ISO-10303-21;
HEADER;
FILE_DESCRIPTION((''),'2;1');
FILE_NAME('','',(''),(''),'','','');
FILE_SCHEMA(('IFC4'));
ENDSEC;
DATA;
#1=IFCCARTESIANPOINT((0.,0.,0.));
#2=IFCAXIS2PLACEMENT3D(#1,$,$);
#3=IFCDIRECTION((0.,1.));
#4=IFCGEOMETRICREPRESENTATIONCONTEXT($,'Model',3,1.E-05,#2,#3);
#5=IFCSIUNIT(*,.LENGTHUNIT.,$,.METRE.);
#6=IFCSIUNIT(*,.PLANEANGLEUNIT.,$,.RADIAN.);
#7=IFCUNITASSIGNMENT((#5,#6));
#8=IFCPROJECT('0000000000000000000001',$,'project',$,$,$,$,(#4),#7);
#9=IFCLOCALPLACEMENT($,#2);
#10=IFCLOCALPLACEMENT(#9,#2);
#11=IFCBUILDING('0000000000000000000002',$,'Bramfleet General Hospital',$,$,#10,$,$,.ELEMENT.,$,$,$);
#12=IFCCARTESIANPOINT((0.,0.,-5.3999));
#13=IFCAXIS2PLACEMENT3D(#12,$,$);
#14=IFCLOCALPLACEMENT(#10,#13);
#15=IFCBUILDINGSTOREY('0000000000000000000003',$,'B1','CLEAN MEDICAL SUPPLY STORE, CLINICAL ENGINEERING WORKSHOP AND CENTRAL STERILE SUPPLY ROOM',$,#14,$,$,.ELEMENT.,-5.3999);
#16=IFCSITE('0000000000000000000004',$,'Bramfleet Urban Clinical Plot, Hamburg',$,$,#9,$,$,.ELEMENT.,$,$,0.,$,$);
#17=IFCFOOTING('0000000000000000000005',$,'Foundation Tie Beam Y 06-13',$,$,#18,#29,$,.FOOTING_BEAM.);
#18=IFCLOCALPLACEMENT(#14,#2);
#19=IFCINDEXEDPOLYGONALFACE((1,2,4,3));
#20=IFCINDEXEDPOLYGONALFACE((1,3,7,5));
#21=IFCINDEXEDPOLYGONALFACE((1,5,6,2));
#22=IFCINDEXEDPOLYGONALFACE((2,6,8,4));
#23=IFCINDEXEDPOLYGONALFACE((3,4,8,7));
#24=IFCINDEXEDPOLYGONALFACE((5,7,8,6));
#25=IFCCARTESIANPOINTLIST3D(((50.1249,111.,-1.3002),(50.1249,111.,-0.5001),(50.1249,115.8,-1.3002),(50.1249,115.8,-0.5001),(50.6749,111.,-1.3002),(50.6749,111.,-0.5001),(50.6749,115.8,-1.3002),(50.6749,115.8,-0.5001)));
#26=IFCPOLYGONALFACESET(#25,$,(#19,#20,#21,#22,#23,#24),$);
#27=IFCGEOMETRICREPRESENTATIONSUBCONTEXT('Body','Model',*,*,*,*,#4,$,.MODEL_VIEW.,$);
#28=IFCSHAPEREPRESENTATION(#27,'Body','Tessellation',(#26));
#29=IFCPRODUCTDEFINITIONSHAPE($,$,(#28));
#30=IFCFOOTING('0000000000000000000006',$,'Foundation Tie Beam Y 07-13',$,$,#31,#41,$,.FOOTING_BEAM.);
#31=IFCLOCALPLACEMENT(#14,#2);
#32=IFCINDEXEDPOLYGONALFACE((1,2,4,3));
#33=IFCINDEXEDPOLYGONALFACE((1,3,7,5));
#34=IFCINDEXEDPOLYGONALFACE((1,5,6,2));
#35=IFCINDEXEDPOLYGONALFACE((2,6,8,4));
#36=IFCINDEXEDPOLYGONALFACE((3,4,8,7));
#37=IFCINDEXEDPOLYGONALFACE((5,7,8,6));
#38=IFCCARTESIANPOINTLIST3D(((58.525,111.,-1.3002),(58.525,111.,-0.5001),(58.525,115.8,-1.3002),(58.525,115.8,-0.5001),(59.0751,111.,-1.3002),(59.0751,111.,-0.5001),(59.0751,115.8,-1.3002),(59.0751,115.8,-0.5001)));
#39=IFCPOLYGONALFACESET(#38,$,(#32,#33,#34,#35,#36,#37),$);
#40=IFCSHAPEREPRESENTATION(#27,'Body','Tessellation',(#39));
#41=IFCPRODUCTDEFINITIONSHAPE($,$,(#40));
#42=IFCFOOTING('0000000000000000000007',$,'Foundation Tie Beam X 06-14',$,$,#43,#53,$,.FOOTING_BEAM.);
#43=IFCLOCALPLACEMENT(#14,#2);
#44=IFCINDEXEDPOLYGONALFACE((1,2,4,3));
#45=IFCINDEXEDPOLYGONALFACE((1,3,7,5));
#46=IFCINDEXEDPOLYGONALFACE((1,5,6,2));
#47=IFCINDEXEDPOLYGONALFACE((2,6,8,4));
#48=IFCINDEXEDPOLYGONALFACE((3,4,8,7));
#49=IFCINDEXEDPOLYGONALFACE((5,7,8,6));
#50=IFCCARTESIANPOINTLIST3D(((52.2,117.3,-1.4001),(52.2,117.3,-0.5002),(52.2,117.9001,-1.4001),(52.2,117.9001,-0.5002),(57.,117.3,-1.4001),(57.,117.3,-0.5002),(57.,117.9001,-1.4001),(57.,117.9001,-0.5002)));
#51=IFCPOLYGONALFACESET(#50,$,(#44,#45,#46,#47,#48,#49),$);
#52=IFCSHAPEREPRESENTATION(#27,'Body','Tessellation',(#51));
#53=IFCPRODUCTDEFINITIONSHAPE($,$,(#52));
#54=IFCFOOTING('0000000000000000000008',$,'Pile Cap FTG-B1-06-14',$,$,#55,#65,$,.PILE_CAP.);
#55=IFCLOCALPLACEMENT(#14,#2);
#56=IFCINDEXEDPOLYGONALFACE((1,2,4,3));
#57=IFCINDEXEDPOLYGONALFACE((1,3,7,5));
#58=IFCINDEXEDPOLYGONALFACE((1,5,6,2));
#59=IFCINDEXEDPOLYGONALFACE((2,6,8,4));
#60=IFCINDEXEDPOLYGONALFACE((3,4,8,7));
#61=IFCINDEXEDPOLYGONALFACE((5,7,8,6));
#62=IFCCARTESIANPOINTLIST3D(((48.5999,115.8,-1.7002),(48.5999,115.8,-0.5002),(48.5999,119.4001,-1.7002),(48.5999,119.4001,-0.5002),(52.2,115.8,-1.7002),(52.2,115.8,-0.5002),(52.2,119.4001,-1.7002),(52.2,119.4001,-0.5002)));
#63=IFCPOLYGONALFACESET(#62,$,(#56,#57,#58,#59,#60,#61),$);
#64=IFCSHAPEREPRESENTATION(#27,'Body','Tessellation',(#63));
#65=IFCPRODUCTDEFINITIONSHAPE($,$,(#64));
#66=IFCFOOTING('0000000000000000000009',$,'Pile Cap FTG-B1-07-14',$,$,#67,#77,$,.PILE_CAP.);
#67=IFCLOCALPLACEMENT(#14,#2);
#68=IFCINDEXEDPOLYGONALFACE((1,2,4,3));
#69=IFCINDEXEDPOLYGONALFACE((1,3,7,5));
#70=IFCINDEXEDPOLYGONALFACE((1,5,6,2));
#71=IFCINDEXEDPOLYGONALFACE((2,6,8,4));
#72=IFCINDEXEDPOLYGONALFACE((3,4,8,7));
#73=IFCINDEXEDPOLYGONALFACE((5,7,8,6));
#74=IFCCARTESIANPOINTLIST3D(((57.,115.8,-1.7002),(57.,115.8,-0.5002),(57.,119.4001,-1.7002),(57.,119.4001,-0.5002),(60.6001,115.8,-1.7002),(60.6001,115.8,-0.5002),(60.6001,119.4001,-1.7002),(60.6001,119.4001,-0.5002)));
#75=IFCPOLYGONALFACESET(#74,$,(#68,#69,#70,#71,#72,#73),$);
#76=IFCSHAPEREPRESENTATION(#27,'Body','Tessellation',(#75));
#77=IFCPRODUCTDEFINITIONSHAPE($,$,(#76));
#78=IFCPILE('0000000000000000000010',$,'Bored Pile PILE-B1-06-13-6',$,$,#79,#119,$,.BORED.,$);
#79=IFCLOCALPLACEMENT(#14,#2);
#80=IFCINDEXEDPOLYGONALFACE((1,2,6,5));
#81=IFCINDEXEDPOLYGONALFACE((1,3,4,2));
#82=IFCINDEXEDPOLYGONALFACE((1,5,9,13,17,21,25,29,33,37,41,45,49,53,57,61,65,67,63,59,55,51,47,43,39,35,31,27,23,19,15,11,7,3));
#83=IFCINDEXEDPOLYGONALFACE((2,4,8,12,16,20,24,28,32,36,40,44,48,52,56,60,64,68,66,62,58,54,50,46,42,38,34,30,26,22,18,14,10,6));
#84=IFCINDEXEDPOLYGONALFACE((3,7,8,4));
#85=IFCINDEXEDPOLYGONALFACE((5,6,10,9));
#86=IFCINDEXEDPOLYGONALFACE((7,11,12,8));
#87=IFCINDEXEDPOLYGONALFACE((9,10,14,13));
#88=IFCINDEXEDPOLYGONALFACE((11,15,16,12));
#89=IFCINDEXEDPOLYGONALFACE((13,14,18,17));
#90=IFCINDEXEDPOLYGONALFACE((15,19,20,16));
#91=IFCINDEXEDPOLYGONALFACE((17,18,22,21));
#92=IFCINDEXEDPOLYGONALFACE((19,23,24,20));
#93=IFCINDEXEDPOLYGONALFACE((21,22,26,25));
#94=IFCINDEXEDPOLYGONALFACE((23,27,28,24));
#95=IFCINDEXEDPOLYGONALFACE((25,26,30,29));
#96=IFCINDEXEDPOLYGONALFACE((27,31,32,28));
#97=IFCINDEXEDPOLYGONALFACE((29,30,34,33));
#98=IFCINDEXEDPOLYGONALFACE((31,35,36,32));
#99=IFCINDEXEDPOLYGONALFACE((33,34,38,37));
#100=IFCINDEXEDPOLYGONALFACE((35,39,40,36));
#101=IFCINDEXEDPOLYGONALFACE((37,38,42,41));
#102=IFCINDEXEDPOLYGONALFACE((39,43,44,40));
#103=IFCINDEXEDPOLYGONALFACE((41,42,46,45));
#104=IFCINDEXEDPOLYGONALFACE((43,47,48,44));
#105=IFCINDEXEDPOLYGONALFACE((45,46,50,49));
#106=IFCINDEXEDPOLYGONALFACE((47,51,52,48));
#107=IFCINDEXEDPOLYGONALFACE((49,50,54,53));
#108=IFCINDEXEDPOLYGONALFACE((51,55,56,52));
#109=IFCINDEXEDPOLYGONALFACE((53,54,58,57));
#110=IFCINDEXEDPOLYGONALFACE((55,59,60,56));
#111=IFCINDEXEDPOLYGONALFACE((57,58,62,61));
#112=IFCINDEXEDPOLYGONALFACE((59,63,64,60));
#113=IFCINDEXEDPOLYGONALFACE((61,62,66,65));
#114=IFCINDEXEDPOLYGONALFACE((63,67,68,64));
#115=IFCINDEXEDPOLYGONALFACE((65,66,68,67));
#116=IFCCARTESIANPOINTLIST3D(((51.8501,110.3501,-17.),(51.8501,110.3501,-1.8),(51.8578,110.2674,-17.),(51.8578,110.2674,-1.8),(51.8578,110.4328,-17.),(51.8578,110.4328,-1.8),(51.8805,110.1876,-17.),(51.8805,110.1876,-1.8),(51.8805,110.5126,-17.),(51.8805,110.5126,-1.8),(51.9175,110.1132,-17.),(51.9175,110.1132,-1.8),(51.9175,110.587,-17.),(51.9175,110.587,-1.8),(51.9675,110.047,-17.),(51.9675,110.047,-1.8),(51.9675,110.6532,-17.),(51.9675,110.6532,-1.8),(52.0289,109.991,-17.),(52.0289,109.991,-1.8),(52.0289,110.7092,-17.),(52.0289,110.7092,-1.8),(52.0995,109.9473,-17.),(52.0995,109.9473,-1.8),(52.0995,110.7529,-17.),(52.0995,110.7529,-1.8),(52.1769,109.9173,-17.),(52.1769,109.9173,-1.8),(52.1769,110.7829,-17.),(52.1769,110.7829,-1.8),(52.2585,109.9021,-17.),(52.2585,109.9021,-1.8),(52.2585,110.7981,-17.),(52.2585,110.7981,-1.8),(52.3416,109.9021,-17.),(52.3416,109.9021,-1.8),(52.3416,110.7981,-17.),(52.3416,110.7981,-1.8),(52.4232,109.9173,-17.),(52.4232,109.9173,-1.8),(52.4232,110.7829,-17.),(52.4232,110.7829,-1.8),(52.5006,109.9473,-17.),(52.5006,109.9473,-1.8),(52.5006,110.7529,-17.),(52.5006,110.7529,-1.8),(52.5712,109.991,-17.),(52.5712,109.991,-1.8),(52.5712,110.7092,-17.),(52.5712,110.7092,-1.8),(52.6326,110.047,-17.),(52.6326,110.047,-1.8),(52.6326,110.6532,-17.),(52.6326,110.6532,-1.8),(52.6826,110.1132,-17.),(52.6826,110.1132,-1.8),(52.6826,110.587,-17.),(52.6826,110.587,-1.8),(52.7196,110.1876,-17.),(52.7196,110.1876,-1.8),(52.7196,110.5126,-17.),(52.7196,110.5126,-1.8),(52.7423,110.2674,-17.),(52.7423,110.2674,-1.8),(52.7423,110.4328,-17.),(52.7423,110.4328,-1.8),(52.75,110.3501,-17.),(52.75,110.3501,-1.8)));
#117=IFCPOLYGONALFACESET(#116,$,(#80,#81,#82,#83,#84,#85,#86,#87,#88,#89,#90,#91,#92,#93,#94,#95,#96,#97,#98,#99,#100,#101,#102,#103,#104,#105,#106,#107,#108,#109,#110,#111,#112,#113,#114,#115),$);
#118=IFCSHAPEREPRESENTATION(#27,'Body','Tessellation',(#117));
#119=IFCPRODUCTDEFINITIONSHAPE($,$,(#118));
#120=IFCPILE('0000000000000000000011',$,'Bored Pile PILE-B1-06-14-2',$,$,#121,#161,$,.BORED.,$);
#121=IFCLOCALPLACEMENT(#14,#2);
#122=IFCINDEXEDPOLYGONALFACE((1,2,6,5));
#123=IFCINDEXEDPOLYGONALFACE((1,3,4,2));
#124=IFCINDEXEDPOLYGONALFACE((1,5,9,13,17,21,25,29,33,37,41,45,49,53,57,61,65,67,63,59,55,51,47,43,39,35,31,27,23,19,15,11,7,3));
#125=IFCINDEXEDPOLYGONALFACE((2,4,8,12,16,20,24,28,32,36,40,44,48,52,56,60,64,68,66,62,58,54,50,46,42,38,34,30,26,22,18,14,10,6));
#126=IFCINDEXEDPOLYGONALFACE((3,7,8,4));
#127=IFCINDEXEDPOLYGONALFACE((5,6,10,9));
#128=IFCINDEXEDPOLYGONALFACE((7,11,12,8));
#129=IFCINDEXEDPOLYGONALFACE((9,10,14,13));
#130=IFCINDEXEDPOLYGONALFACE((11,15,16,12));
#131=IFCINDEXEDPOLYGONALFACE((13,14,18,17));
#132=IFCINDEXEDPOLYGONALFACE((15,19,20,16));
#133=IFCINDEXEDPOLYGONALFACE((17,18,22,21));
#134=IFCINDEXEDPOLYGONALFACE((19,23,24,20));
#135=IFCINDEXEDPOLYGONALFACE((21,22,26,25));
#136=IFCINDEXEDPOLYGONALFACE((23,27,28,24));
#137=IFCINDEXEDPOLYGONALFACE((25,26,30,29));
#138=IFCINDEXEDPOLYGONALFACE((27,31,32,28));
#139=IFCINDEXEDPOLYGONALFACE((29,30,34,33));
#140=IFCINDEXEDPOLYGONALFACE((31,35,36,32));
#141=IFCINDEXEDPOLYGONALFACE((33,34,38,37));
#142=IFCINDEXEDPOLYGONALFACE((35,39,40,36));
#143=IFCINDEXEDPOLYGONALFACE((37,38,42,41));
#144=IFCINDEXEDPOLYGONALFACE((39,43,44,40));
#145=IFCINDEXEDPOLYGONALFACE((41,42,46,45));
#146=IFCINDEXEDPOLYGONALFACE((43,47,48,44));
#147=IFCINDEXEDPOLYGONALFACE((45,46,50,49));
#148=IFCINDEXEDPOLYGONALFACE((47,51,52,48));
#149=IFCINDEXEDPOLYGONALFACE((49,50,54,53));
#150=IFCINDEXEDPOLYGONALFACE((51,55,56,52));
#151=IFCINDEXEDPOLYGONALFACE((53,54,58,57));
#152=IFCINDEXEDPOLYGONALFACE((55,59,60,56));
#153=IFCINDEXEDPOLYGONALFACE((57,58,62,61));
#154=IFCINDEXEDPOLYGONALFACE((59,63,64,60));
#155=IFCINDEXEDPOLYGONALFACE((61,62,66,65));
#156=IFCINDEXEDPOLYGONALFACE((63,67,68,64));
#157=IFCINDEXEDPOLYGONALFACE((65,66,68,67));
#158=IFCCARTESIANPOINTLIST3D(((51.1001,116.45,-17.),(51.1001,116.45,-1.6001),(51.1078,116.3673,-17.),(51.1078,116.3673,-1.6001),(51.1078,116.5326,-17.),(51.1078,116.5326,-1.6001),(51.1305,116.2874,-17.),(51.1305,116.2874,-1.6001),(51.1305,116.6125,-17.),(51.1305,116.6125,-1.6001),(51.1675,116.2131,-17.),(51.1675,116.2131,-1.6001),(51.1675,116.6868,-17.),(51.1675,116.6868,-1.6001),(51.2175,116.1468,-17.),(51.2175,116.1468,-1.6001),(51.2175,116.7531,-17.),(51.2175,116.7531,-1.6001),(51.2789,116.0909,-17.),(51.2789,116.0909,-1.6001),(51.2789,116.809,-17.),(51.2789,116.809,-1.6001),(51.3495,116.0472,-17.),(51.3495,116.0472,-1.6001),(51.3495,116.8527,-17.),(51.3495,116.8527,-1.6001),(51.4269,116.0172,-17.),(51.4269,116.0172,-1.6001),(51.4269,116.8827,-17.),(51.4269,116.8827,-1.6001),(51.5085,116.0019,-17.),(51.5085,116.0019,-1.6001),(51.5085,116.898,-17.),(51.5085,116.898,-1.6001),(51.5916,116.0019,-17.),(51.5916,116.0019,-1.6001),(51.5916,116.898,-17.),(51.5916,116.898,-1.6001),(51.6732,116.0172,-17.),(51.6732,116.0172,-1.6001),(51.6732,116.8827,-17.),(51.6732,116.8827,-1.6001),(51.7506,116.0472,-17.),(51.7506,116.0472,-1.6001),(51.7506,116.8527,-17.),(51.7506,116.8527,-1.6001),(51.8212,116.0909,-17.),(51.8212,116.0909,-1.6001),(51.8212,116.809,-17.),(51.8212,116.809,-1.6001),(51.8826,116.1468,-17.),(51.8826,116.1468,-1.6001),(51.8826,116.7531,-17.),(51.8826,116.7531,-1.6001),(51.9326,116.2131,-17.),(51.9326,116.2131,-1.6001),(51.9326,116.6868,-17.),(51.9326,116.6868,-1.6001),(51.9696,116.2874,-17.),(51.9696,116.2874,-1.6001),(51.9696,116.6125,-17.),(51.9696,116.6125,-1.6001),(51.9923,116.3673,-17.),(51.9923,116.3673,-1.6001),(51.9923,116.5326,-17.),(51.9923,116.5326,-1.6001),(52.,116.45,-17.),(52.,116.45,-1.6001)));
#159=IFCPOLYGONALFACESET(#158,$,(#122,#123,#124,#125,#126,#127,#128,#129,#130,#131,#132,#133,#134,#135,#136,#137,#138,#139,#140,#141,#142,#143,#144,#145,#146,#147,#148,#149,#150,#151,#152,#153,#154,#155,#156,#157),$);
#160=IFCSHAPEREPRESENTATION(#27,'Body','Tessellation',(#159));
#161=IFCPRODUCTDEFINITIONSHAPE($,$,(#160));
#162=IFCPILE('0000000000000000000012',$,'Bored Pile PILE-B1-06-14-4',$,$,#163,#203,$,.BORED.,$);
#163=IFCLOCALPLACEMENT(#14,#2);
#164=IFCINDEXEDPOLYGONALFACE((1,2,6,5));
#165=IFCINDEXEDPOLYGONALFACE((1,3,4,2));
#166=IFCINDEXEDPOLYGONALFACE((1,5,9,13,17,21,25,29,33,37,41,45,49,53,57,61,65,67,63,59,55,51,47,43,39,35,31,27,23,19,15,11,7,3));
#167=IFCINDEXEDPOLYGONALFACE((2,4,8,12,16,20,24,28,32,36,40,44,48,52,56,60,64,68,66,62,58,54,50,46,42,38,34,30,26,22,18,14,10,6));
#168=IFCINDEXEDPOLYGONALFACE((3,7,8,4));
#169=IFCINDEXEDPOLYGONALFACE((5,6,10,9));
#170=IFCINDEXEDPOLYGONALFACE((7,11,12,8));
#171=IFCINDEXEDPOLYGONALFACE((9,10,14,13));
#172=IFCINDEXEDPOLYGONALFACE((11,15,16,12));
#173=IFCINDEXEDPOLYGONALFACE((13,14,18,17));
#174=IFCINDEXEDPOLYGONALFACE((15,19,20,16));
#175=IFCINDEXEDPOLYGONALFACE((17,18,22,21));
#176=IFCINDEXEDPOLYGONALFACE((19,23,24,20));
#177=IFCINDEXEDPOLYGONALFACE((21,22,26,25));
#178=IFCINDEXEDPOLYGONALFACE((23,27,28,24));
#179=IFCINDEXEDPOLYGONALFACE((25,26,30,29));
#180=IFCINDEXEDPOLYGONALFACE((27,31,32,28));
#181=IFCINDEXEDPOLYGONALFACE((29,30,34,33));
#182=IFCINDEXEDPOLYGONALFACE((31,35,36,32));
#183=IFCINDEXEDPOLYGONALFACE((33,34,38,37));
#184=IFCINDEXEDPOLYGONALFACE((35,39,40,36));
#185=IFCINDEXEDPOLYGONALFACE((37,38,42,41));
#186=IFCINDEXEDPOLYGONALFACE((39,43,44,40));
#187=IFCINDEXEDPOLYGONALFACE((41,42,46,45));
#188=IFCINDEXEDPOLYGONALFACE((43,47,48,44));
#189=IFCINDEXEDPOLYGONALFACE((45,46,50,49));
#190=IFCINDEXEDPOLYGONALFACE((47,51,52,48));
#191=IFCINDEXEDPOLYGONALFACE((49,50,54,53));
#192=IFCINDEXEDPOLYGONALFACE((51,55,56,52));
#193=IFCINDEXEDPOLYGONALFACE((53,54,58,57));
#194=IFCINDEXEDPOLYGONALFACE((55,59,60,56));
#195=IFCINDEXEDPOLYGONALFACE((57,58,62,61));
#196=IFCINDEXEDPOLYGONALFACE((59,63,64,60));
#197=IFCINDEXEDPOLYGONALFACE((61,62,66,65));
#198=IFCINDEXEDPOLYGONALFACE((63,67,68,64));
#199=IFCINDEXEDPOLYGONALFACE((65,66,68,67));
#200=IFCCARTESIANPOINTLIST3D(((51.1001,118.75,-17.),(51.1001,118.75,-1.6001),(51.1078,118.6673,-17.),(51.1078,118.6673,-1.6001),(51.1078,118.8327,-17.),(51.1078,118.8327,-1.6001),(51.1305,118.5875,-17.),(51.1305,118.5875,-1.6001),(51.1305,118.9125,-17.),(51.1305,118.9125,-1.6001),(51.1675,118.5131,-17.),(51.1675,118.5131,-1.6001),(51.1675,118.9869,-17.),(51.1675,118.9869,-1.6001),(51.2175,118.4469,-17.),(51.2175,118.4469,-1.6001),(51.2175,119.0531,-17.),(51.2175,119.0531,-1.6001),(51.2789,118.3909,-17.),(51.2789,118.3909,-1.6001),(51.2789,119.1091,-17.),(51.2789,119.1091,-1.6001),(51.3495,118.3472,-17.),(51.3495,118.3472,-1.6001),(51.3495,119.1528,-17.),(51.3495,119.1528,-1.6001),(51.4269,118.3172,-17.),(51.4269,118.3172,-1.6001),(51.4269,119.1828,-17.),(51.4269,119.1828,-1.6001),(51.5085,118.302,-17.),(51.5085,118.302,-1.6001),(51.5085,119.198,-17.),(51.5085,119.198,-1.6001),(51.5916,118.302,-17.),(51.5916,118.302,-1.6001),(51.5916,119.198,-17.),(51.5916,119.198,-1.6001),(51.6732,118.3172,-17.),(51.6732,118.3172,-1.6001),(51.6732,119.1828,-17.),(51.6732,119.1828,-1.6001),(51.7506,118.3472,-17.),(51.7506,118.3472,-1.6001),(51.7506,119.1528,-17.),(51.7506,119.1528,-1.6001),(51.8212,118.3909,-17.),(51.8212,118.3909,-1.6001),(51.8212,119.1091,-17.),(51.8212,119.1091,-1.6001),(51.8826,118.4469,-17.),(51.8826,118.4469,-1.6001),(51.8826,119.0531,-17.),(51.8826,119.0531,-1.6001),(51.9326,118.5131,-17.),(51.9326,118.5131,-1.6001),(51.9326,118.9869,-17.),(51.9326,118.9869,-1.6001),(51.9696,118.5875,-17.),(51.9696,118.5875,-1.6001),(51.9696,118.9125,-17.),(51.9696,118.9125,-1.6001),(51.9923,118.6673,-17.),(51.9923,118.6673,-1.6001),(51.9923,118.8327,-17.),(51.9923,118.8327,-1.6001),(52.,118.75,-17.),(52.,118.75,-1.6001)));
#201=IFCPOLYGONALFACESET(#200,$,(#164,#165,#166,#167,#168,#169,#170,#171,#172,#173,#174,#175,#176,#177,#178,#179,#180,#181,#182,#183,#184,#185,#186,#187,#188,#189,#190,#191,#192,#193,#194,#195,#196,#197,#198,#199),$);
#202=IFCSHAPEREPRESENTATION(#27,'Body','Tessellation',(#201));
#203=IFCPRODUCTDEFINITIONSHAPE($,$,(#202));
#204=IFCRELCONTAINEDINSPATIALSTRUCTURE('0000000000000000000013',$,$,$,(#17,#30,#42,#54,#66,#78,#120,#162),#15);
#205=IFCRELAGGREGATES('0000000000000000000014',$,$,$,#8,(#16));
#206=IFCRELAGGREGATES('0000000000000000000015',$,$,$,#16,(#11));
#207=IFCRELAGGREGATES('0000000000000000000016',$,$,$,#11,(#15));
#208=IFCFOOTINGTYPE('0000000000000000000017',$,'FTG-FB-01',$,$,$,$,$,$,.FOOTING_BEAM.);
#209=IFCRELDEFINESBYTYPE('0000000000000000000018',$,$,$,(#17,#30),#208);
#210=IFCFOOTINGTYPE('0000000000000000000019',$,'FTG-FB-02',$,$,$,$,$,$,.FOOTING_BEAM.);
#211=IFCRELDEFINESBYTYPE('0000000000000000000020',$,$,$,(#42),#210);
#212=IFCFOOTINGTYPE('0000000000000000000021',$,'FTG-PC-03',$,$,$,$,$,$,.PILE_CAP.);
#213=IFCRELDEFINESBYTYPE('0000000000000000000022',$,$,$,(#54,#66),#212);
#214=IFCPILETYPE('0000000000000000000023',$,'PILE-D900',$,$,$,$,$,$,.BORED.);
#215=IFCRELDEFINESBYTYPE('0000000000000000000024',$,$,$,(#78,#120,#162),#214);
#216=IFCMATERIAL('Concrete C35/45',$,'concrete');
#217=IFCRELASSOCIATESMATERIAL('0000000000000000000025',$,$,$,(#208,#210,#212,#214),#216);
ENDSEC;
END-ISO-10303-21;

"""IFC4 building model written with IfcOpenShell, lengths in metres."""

from ifc_helpers import new_model, si_unit, direction, frame, origin, origin_2d, place, context, subcontext, project, spatial, rectangle, circle, extrude, material, material_profile, profile_set, type_object, element, save


model = new_model("IFC4")

# Units and contexts
model_context = context("Model", 3, precision=1e-05, world=origin(), true_north=direction((0.0, 1.0)))
body_context = subcontext(model_context, "Body", "Model", "MODEL_VIEW")
ifc_project = project(units=[si_unit("LENGTHUNIT", "METRE"), si_unit("PLANEANGLEUNIT", "RADIAN")], contexts=[model_context])

# Site, building, storey
site_placement = place(None, origin())
site = spatial("IfcSite", under=ifc_project, at=site_placement, Name="Bramfleet Urban Clinical Plot, Hamburg", CompositionType="ELEMENT", RefElevation=0.0)
building_placement = place(site_placement, origin())
building = spatial("IfcBuilding", under=site, at=building_placement, Name="Bramfleet General Hospital", CompositionType="ELEMENT")
storey_placement = place(building_placement, frame((0.0, 0.0, -5.3999)))
storey = spatial("IfcBuildingStorey", under=building, at=storey_placement, Name="B1", Description="CLEAN MEDICAL SUPPLY STORE, CLINICAL ENGINEERING WORKSHOP AND CENTRAL STERILE SUPPLY ROOM", CompositionType="ELEMENT", Elevation=-5.3999)

# Footings
ifc_material_1 = material(Name="Concrete C35/45", Category="concrete")
ifc_material_profile_1 = material_profile(ifc_material_1, rectangle(XDim=0.55, YDim=0.8, at=origin_2d()), Name="RC FB 800x550")
ifc_profile_set_1 = profile_set([ifc_material_profile_1], Name="Concrete C35/45")
footing_type_1 = type_object("IfcFootingType", Name="FTG-FB-01", PredefinedType="FOOTING_BEAM", material=ifc_profile_set_1)
for number, where, z_axis, x_axis, name in (
    (1, (50.3999, 111.0, -0.9001), (0.0, 1.0, 0.0), (-1.0, 0.0, 0.0), "Foundation Tie Beam Y 06-13"),
    (2, (58.8, 111.0, -0.9001), (0.0, 1.0, 0.0), (-1.0, 0.0, 0.0), "Foundation Tie Beam Y 07-13"),
):
    element("IfcFooting", number, at=place(storey_placement, frame(where, z_axis=z_axis, x_axis=x_axis)), inside=storey, type_object=footing_type_1, Name=name, PredefinedType="FOOTING_BEAM", context=body_context, shape_type="SweptSolid", body=[
        extrude(rectangle(XDim=0.55, YDim=0.8, at=origin_2d()), origin(), (0.0, 0.0, 1.0), 4.8),
    ])
ifc_material_profile_2 = material_profile(ifc_material_1, rectangle(XDim=0.6001, YDim=0.8999, at=origin_2d()), Name="RC FB 900x600")
ifc_profile_set_2 = profile_set([ifc_material_profile_2], Name="Concrete C35/45")
footing_type_2 = type_object("IfcFootingType", Name="FTG-FB-02", PredefinedType="FOOTING_BEAM", material=ifc_profile_set_2)
footing_placement = place(storey_placement, frame((52.2, 117.6001, -0.9502), z_axis=(1.0, 0.0, 0.0), x_axis=(0.0, 1.0, 0.0)))
element("IfcFooting", 3, at=footing_placement, inside=storey, type_object=footing_type_2, Name="Foundation Tie Beam X 06-14", PredefinedType="FOOTING_BEAM", context=body_context, shape_type="SweptSolid", body=[
    extrude(rectangle(XDim=0.6001, YDim=0.8999, at=origin_2d()), origin(), (0.0, 0.0, 1.0), 4.8),
])
footing_type_3 = type_object("IfcFootingType", Name="FTG-PC-03", PredefinedType="PILE_CAP", material=ifc_material_1)
for number, where, z_axis, x_axis, name in (
    (4, (50.3999, 117.6001, -1.7002), (0.0, 0.0, 1.0), (1.0, 0.0, 0.0), "Pile Cap FTG-B1-06-14"),
    (5, (58.8, 117.6001, -1.7002), (0.0, 0.0, 1.0), (1.0, 0.0, 0.0), "Pile Cap FTG-B1-07-14"),
):
    element("IfcFooting", number, at=place(storey_placement, frame(where, z_axis=z_axis, x_axis=x_axis)), inside=storey, type_object=footing_type_3, Name=name, PredefinedType="PILE_CAP", context=body_context, shape_type="SweptSolid", body=[
        extrude(rectangle(XDim=3.6001, YDim=3.6001, at=origin_2d()), origin(), (0.0, 0.0, 1.0), 1.2),
    ])

# Piles
ifc_material_profile_3 = material_profile(ifc_material_1, circle(Radius=0.45, at=origin_2d()), Name="PILE BORED D900")
ifc_profile_set_3 = profile_set([ifc_material_profile_3], Name="Concrete C35/45")
pile_type = type_object("IfcPileType", Name="PILE-D900", PredefinedType="BORED", material=ifc_profile_set_3)
pile_placement = place(storey_placement, frame((52.3, 110.3501, -1.8), z_axis=(0.0, 0.0, -1.0), x_axis=(1.0, 0.0, 0.0)))
element("IfcPile", 6, at=pile_placement, inside=storey, type_object=pile_type, Name="Bored Pile PILE-B1-06-13-6", PredefinedType="BORED", context=body_context, shape_type="SweptSolid", body=[
    extrude(circle(Radius=0.45, at=origin_2d()), origin(), (0.0, 0.0, 1.0), 15.2),
])
for number, where, z_axis, x_axis, name in (
    (7, (51.55, 116.45, -1.6001), (0.0, 0.0, -1.0), (1.0, 0.0, 0.0), "Bored Pile PILE-B1-06-14-2"),
    (8, (51.55, 118.75, -1.6001), (0.0, 0.0, -1.0), (1.0, 0.0, 0.0), "Bored Pile PILE-B1-06-14-4"),
):
    element("IfcPile", number, at=place(storey_placement, frame(where, z_axis=z_axis, x_axis=x_axis)), inside=storey, type_object=pile_type, Name=name, PredefinedType="BORED", context=body_context, shape_type="SweptSolid", body=[
        extrude(circle(Radius=0.45, at=origin_2d()), origin(), (0.0, 0.0, 1.0), 15.3999),
    ])

save(model, "model.ifc")
